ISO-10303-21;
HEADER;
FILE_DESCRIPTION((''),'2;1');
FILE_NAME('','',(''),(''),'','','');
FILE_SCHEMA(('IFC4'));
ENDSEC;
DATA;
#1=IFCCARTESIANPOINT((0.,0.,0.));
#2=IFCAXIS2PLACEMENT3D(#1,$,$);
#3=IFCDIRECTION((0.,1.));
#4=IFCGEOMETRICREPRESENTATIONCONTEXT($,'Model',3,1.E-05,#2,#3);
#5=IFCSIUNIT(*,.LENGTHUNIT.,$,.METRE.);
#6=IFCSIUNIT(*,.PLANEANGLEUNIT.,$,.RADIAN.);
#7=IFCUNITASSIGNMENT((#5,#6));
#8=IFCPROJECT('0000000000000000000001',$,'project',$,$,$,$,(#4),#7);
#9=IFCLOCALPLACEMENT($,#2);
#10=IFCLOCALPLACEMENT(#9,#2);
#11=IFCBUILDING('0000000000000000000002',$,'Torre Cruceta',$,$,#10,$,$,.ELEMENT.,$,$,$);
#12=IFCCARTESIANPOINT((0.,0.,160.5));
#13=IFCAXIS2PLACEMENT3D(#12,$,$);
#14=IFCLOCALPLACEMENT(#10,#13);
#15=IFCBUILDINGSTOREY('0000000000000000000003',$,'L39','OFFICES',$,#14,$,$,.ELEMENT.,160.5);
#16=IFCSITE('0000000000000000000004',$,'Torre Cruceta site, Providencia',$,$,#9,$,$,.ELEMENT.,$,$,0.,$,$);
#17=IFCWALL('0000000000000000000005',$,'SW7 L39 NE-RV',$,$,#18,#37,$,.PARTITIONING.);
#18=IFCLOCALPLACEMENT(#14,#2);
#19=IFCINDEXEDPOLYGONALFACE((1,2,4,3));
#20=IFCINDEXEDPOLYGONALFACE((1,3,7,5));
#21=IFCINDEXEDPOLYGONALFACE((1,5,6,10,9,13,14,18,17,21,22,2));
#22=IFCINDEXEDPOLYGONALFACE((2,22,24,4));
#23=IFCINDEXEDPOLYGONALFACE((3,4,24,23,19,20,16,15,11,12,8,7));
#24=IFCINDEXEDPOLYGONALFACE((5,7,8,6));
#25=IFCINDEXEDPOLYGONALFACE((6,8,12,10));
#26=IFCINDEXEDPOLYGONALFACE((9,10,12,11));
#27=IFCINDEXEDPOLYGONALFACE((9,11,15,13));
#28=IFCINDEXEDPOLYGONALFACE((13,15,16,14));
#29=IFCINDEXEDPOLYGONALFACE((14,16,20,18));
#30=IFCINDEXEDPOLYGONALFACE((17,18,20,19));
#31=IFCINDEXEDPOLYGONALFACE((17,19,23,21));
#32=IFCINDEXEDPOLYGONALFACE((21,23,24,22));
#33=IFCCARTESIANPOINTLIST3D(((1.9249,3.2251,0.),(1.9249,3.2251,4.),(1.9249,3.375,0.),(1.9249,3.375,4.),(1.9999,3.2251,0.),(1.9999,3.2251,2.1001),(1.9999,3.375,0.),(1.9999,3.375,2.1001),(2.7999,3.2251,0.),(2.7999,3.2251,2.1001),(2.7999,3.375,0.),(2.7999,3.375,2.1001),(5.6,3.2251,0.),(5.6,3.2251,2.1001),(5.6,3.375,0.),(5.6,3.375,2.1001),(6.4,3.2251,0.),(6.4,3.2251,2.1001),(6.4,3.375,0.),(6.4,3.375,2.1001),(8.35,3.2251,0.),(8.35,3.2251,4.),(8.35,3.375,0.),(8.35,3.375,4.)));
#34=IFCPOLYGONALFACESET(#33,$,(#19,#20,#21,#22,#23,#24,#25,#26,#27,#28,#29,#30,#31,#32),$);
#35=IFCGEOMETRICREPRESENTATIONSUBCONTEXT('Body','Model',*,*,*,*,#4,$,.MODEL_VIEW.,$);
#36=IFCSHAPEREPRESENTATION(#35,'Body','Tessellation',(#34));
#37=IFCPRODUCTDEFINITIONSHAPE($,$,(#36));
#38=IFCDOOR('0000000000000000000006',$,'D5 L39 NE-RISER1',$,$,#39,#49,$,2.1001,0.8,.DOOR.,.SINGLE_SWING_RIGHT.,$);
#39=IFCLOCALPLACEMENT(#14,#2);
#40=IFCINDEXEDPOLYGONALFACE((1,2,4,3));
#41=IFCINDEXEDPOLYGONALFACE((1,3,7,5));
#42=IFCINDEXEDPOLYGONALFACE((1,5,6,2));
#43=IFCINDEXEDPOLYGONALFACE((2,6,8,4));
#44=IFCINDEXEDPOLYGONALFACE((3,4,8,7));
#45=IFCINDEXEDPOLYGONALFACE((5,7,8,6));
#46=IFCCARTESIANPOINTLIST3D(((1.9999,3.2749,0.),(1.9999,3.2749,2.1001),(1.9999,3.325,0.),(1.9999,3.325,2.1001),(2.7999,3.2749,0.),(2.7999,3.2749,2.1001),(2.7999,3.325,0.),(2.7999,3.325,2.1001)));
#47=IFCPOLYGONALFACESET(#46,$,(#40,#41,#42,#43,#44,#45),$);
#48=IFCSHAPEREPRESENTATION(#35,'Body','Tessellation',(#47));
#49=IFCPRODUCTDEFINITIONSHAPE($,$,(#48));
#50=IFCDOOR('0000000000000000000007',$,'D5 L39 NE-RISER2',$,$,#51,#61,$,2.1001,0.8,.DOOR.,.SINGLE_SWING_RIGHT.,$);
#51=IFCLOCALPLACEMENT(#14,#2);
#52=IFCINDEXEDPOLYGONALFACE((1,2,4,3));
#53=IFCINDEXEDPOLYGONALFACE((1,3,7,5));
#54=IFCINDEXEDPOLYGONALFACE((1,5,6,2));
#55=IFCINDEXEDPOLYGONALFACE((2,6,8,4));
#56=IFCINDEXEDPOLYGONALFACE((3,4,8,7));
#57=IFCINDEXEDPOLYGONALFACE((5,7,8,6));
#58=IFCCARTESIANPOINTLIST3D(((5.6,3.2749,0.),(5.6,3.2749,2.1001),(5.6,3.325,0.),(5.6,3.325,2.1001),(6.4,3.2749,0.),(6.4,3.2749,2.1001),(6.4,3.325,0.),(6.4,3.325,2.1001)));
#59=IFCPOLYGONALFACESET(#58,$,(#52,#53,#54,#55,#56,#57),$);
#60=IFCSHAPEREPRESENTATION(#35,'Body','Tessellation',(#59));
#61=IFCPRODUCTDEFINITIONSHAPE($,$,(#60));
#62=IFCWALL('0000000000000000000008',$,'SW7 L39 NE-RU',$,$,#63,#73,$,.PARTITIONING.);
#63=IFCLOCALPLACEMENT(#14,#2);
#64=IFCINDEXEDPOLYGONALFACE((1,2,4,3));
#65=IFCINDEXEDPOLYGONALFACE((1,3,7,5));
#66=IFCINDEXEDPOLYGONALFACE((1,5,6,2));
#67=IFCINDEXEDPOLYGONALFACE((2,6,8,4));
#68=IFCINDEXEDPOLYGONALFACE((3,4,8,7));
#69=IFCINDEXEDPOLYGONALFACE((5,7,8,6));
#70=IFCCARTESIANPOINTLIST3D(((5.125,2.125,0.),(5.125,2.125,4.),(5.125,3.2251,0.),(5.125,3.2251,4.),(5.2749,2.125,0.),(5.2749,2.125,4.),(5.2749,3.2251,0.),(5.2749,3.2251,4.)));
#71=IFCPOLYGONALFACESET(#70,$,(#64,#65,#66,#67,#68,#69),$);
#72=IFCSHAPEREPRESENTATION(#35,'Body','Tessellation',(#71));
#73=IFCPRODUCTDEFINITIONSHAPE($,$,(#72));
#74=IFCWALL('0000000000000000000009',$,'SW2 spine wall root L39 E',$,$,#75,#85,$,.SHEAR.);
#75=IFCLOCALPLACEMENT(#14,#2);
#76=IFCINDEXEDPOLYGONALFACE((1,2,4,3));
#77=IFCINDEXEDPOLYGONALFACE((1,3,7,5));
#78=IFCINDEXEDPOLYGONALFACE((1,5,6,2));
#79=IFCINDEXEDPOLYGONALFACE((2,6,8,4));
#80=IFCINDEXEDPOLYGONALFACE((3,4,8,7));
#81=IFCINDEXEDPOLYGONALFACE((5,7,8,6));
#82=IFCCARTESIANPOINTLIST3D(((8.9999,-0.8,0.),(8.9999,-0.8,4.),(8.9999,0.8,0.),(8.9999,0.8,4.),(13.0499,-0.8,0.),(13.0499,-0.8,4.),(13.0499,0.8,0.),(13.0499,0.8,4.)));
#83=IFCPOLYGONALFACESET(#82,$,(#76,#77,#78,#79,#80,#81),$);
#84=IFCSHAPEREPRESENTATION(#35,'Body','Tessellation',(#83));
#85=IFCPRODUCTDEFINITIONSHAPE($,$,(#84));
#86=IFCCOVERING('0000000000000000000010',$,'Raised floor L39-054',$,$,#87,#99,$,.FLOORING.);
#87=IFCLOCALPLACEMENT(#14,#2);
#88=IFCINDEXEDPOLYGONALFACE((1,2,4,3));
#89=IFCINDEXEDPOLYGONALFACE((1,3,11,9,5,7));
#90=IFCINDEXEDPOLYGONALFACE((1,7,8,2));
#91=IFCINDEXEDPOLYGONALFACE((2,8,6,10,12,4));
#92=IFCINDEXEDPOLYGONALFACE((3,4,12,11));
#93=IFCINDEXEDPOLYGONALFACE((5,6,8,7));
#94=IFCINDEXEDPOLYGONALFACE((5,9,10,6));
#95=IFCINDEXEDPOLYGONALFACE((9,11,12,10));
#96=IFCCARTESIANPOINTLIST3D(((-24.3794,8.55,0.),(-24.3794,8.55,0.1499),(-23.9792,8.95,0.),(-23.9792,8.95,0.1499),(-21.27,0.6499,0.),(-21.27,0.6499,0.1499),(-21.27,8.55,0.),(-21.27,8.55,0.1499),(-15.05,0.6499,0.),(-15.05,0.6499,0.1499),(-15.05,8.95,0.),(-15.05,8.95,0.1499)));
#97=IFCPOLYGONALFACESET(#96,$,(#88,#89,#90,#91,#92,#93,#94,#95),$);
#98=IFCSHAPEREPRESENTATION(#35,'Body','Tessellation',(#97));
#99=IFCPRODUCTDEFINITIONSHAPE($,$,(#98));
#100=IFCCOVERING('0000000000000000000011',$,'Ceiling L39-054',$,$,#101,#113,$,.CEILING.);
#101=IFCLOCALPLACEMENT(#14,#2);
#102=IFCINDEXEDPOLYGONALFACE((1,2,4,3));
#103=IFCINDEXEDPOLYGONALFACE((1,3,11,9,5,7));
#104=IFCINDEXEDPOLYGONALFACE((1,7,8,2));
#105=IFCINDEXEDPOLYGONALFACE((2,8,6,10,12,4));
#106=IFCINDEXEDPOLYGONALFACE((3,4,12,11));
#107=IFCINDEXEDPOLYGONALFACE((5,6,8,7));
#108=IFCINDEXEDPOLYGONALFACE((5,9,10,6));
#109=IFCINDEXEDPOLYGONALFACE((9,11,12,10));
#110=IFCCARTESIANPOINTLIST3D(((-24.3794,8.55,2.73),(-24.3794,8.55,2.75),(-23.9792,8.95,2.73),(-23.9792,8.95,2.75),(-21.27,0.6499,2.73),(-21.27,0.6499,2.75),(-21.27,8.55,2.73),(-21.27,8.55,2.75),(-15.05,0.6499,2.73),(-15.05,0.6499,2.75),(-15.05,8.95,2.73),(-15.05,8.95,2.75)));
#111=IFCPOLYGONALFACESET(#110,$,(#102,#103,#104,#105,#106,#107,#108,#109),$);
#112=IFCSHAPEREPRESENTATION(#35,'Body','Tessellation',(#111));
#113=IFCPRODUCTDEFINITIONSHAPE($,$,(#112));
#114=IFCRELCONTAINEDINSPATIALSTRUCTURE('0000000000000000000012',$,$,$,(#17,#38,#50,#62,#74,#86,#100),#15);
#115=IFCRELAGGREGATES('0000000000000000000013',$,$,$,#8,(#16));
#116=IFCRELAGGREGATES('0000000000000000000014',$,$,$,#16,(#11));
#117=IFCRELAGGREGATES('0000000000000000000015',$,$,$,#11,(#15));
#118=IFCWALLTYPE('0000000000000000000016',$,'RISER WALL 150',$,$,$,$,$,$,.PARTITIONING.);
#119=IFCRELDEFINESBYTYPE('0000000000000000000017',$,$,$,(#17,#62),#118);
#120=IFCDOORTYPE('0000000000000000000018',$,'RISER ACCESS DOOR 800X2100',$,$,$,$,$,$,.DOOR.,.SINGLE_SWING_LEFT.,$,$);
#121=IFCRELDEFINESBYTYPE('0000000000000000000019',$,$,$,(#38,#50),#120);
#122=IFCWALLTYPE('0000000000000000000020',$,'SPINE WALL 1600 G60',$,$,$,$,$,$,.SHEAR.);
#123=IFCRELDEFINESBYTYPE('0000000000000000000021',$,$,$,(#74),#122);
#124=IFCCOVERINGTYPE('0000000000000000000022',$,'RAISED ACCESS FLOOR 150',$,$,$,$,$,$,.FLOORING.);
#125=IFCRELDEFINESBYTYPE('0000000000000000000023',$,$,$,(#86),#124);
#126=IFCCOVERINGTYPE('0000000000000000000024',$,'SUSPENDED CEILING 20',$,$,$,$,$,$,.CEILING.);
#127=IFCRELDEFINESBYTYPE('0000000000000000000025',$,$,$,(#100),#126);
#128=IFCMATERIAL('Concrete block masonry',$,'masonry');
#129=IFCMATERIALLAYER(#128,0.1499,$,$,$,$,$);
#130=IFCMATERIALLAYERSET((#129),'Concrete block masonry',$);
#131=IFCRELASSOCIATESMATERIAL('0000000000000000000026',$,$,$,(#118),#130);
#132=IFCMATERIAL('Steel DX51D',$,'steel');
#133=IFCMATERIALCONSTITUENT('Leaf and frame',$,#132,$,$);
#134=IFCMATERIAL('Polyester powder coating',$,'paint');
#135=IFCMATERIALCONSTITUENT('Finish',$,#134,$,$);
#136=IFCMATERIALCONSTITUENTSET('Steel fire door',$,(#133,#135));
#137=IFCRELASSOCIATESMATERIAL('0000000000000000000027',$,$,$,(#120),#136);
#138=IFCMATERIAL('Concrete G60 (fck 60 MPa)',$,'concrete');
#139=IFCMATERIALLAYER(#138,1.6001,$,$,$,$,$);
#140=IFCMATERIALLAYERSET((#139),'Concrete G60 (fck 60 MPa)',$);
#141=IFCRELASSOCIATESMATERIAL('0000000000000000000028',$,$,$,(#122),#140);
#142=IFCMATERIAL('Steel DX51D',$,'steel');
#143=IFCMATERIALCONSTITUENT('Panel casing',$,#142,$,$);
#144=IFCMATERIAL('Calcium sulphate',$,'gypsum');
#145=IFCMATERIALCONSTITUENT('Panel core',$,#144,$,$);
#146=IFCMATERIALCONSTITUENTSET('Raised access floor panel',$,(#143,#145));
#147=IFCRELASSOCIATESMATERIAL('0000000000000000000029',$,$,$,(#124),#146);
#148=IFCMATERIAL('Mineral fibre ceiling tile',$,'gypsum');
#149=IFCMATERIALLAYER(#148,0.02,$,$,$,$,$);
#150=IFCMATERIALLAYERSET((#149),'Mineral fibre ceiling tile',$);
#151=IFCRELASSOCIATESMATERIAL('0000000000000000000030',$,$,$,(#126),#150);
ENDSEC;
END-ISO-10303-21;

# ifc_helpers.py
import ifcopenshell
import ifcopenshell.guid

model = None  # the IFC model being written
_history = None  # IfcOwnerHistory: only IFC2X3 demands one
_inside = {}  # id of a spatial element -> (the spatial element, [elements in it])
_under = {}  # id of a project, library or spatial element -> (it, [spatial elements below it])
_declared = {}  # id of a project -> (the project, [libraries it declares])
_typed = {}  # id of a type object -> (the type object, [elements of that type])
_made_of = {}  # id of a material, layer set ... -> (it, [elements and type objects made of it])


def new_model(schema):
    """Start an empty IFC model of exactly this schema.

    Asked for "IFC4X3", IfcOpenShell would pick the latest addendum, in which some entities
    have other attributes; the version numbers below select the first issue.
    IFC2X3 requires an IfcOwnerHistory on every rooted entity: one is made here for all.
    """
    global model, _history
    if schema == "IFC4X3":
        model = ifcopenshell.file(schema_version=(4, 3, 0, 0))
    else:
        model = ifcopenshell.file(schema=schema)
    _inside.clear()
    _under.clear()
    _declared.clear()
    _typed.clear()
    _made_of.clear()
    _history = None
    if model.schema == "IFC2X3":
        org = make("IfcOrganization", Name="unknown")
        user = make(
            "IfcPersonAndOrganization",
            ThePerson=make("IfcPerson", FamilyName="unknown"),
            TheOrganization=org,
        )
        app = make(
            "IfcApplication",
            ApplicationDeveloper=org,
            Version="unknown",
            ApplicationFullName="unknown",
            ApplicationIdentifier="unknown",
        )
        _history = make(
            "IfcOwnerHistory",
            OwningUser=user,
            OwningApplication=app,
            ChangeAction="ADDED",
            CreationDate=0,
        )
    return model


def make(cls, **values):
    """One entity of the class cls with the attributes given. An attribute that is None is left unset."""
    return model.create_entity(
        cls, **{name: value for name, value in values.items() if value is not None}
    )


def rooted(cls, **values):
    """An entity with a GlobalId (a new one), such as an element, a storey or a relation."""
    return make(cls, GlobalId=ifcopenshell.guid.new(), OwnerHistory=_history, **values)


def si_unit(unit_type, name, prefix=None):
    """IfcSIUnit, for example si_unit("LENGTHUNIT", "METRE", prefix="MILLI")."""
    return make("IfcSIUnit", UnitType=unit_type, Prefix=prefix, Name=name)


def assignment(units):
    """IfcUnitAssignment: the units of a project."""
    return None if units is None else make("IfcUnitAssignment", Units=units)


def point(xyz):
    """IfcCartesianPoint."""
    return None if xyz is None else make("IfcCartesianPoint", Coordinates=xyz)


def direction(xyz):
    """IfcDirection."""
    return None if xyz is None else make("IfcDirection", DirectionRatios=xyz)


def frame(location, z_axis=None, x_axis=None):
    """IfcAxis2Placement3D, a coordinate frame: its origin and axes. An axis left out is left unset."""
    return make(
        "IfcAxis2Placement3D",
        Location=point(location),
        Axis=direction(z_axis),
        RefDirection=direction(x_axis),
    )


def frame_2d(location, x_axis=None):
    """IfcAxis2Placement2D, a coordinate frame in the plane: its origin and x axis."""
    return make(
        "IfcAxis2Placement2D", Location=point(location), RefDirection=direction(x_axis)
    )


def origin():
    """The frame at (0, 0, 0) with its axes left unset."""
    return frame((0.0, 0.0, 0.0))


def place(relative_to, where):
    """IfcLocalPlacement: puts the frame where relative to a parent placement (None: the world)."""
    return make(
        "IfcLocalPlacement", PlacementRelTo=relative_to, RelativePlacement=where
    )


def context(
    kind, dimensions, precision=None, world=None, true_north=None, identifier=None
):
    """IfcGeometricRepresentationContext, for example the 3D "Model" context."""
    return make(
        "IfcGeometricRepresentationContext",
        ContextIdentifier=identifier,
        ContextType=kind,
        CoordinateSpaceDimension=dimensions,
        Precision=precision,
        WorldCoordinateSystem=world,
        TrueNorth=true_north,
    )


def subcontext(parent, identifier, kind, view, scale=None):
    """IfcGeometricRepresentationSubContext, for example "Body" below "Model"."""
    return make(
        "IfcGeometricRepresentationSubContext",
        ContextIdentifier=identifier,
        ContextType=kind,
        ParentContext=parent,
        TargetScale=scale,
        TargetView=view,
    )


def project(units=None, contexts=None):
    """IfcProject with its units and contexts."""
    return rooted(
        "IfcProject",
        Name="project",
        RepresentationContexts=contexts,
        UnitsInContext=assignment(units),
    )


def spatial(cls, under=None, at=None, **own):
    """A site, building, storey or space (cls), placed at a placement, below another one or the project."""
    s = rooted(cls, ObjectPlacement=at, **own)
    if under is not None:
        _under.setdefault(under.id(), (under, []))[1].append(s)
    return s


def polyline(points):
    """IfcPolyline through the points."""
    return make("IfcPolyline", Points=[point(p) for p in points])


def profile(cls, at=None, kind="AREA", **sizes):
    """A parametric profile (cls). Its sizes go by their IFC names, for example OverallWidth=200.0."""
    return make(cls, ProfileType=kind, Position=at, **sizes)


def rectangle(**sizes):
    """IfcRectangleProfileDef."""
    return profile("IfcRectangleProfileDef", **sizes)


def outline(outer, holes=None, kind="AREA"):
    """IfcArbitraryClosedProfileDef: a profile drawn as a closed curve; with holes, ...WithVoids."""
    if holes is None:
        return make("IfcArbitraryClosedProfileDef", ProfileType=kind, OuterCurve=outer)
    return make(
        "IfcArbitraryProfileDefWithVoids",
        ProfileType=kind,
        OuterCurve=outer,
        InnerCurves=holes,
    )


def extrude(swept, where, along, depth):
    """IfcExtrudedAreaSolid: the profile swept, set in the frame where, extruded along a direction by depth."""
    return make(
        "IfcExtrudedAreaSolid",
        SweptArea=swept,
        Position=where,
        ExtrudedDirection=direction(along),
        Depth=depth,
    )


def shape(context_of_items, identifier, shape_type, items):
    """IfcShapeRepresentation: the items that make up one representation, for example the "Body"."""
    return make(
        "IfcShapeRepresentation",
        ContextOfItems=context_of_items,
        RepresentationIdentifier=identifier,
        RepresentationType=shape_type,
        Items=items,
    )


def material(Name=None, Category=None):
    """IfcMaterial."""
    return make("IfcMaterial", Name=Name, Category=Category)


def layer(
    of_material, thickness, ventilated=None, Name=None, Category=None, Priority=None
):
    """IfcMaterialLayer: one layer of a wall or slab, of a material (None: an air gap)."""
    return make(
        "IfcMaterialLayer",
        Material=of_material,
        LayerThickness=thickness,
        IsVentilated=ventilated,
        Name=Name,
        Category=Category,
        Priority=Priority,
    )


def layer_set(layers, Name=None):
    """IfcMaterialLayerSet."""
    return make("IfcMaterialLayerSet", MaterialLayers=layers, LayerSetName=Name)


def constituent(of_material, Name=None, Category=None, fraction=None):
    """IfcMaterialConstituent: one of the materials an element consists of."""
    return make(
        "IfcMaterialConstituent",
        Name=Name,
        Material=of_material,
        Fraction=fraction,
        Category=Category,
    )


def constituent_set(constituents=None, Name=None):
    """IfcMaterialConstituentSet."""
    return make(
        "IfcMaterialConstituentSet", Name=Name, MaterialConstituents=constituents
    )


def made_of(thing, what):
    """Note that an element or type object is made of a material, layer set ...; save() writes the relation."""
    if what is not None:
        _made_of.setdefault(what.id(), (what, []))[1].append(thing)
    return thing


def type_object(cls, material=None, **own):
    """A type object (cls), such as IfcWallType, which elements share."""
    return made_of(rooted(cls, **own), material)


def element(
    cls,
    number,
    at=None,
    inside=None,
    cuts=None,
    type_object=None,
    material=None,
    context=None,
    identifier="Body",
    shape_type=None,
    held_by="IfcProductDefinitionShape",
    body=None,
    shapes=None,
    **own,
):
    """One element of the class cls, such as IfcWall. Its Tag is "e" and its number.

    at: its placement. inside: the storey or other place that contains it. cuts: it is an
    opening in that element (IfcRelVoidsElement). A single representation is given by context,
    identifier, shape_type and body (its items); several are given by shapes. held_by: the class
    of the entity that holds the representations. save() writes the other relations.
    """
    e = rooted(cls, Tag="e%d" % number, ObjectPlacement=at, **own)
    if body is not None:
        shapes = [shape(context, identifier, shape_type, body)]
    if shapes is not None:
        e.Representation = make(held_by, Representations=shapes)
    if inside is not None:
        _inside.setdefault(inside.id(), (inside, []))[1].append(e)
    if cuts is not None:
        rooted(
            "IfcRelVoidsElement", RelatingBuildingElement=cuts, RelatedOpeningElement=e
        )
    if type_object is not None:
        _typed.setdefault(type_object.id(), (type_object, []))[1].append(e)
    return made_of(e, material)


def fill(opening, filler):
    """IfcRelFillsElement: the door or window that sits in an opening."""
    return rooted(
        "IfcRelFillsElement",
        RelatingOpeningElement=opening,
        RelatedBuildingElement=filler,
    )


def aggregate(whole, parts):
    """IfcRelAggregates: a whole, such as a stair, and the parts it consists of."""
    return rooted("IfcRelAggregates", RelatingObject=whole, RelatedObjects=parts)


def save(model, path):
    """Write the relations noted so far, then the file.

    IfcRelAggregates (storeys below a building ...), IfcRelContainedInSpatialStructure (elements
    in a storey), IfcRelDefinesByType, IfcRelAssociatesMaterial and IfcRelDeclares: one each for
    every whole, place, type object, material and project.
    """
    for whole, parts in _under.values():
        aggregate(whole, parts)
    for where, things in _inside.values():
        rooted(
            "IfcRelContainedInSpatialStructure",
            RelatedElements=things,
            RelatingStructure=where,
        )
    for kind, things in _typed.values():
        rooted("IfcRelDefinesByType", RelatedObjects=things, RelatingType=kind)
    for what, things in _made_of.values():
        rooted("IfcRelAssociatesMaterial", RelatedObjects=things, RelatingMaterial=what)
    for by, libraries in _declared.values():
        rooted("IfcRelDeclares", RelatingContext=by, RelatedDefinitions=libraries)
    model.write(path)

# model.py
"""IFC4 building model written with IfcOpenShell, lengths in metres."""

from ifc_helpers import new_model, si_unit, direction, frame, frame_2d, origin, place, context, subcontext, project, spatial, polyline, rectangle, outline, extrude, material, layer, layer_set, constituent, constituent_set, type_object, element, fill, save


model = new_model("IFC4")

# Units and contexts
model_context = context("Model", 3, precision=1e-05, world=origin(), true_north=direction((0.0, 1.0)))
body_context = subcontext(model_context, "Body", "Model", "MODEL_VIEW")
ifc_project = project(units=[si_unit("LENGTHUNIT", "METRE"), si_unit("PLANEANGLEUNIT", "RADIAN")], contexts=[model_context])

# Site, building, storey
site_placement = place(None, origin())
site = spatial("IfcSite", under=ifc_project, at=site_placement, Name="Torre Cruceta site, Providencia", CompositionType="ELEMENT", RefElevation=0.0)
building_placement = place(site_placement, origin())
building = spatial("IfcBuilding", under=site, at=building_placement, Name="Torre Cruceta", CompositionType="ELEMENT")
storey_placement = place(building_placement, frame((0.0, 0.0, 160.5)))
storey = spatial("IfcBuildingStorey", under=building, at=storey_placement, Name="L39", Description="OFFICES", CompositionType="ELEMENT", Elevation=160.5)

# Wall, openings, doors
ifc_material_1 = material(Name="Concrete block masonry", Category="masonry")
ifc_layer_1 = layer(ifc_material_1, 0.1499)
ifc_layer_set_1 = layer_set([ifc_layer_1], Name="Concrete block masonry")
wall_type_1 = type_object("IfcWallType", Name="RISER WALL 150", PredefinedType="PARTITIONING", material=ifc_layer_set_1)
wall_1_placement = place(storey_placement, frame((1.925, 3.3, 0.0), z_axis=(0.0, 0.0, 1.0), x_axis=(1.0, 0.0, 0.0)))
wall_1 = element("IfcWall", 1, at=wall_1_placement, inside=storey, type_object=wall_type_1, Name="SW7 L39 NE-RV", PredefinedType="PARTITIONING", context=body_context, shape_type="SweptSolid", body=[
    extrude(rectangle(XDim=6.425, YDim=0.1499, at=frame_2d((3.2124, 0.0))), origin(), (0.0, 0.0, 1.0), 4.0),
])
opening_1_placement = place(wall_1_placement, frame((0.075, 0.0, 0.0)))
opening_1 = element("IfcOpeningElement", 2, at=opening_1_placement, cuts=wall_1, PredefinedType="OPENING", context=body_context, shape_type="SweptSolid", body=[
    extrude(rectangle(XDim=0.8, YDim=2.1001, at=frame_2d((0.3999, 1.05))), frame((0.0, 0.085, 0.0), z_axis=(0.0, -1.0, 0.0), x_axis=(1.0, 0.0, 0.0)), (0.0, 0.0, 1.0), 0.1699),
])
opening_2_placement = place(wall_1_placement, frame((3.675, 0.0, 0.0)))
opening_2 = element("IfcOpeningElement", 3, at=opening_2_placement, cuts=wall_1, PredefinedType="OPENING", context=body_context, shape_type="SweptSolid", body=[
    extrude(rectangle(XDim=0.8, YDim=2.1001, at=frame_2d((0.3999, 1.05))), frame((0.0, 0.085, 0.0), z_axis=(0.0, -1.0, 0.0), x_axis=(1.0, 0.0, 0.0)), (0.0, 0.0, 1.0), 0.1699),
])
ifc_material_2 = material(Name="Steel DX51D", Category="steel")
ifc_constituent_1 = constituent(ifc_material_2, Name="Leaf and frame")
ifc_material_3 = material(Name="Polyester powder coating", Category="paint")
ifc_constituent_2 = constituent(ifc_material_3, Name="Finish")
ifc_constituent_set_1 = constituent_set(constituents=[ifc_constituent_1, ifc_constituent_2], Name="Steel fire door")
door_type_1 = type_object("IfcDoorType", Name="RISER ACCESS DOOR 800X2100", OperationType="SINGLE_SWING_LEFT", PredefinedType="DOOR", material=ifc_constituent_set_1)
door_1_placement = place(opening_1_placement, frame((0.8, 0.0, 0.0), z_axis=(0.0, 0.0, 1.0), x_axis=(-1.0, 0.0, 0.0)))
door_1 = element("IfcDoor", 4, at=door_1_placement, inside=storey, type_object=door_type_1, Name="D5 L39 NE-RISER1", OperationType="SINGLE_SWING_RIGHT", OverallHeight=2.1001, OverallWidth=0.8, PredefinedType="DOOR", context=body_context, shape_type="SweptSolid", body=[
    extrude(rectangle(XDim=0.8, YDim=2.1001, at=frame_2d((0.4001, 1.05))), frame((0.0, 0.0251, 0.0), z_axis=(0.0, -1.0, 0.0), x_axis=(1.0, 0.0, 0.0)), (0.0, 0.0, 1.0), 0.05),
])
fill(opening_1, door_1)
door_2_placement = place(opening_2_placement, frame((0.8, 0.0, 0.0), z_axis=(0.0, 0.0, 1.0), x_axis=(-1.0, 0.0, 0.0)))
door_2 = element("IfcDoor", 5, at=door_2_placement, inside=storey, type_object=door_type_1, Name="D5 L39 NE-RISER2", OperationType="SINGLE_SWING_RIGHT", OverallHeight=2.1001, OverallWidth=0.8, PredefinedType="DOOR", context=body_context, shape_type="SweptSolid", body=[
    extrude(rectangle(XDim=0.8, YDim=2.1001, at=frame_2d((0.4001, 1.05))), frame((0.0, 0.0251, 0.0), z_axis=(0.0, -1.0, 0.0), x_axis=(1.0, 0.0, 0.0)), (0.0, 0.0, 1.0), 0.05),
])
fill(opening_2, door_2)

# Walls
wall_2_placement = place(storey_placement, frame((5.2, 2.125, 0.0), z_axis=(0.0, 0.0, 1.0), x_axis=(0.0, 1.0, 0.0)))
element("IfcWall", 6, at=wall_2_placement, inside=storey, type_object=wall_type_1, Name="SW7 L39 NE-RU", PredefinedType="PARTITIONING", context=body_context, shape_type="SweptSolid", body=[
    extrude(rectangle(XDim=1.1001, YDim=0.1499, at=frame_2d((0.55, 0.0))), origin(), (0.0, 0.0, 1.0), 4.0),
])
ifc_material_4 = material(Name="Concrete G60 (fck 60 MPa)", Category="concrete")
ifc_layer_2 = layer(ifc_material_4, 1.6001)
ifc_layer_set_2 = layer_set([ifc_layer_2], Name="Concrete G60 (fck 60 MPa)")
wall_type_2 = type_object("IfcWallType", Name="SPINE WALL 1600 G60", PredefinedType="SHEAR", material=ifc_layer_set_2)
wall_3_placement = place(storey_placement, frame((9.0, 0.0, 0.0), z_axis=(0.0, 0.0, 1.0), x_axis=(1.0, 0.0, 0.0)))
element("IfcWall", 7, at=wall_3_placement, inside=storey, type_object=wall_type_2, Name="SW2 spine wall root L39 E", PredefinedType="SHEAR", context=body_context, shape_type="SweptSolid", body=[
    extrude(rectangle(XDim=4.05, YDim=1.6001, at=frame_2d((2.0249, 0.0))), origin(), (0.0, 0.0, 1.0), 4.0),
])

# Coverings
ifc_material_5 = material(Name="Steel DX51D", Category="steel")
ifc_constituent_3 = constituent(ifc_material_5, Name="Panel casing")
ifc_material_6 = material(Name="Calcium sulphate", Category="gypsum")
ifc_constituent_4 = constituent(ifc_material_6, Name="Panel core")
ifc_constituent_set_2 = constituent_set(constituents=[ifc_constituent_3, ifc_constituent_4], Name="Raised access floor panel")
covering_type_1 = type_object("IfcCoveringType", Name="RAISED ACCESS FLOOR 150", PredefinedType="FLOORING", material=ifc_constituent_set_2)
covering_1_placement = place(storey_placement, origin())
element("IfcCovering", 8, at=covering_1_placement, inside=storey, type_object=covering_type_1, Name="Raised floor L39-054", PredefinedType="FLOORING", context=body_context, shape_type="SweptSolid", body=[
    extrude(outline(polyline([(-15.05, 8.95), (-15.05, 0.6499), (-21.27, 0.6499), (-21.27, 8.55), (-24.3794, 8.55), (-23.9792, 8.95), (-15.05, 8.95)])), origin(), (0.0, 0.0, 1.0), 0.1499),
])
ifc_material_7 = material(Name="Mineral fibre ceiling tile", Category="gypsum")
ifc_layer_3 = layer(ifc_material_7, 0.02)
ifc_layer_set_3 = layer_set([ifc_layer_3], Name="Mineral fibre ceiling tile")
covering_type_2 = type_object("IfcCoveringType", Name="SUSPENDED CEILING 20", PredefinedType="CEILING", material=ifc_layer_set_3)
covering_2_placement = place(storey_placement, frame((0.0, 0.0, 2.73)))
element("IfcCovering", 9, at=covering_2_placement, inside=storey, type_object=covering_type_2, Name="Ceiling L39-054", PredefinedType="CEILING", context=body_context, shape_type="SweptSolid", body=[
    extrude(outline(polyline([(-15.05, 8.95), (-15.05, 0.6499), (-21.27, 0.6499), (-21.27, 8.55), (-24.3794, 8.55), (-23.9792, 8.95), (-15.05, 8.95)])), origin(), (0.0, 0.0, 1.0), 0.02),
])

save(model, "model.ifc")
